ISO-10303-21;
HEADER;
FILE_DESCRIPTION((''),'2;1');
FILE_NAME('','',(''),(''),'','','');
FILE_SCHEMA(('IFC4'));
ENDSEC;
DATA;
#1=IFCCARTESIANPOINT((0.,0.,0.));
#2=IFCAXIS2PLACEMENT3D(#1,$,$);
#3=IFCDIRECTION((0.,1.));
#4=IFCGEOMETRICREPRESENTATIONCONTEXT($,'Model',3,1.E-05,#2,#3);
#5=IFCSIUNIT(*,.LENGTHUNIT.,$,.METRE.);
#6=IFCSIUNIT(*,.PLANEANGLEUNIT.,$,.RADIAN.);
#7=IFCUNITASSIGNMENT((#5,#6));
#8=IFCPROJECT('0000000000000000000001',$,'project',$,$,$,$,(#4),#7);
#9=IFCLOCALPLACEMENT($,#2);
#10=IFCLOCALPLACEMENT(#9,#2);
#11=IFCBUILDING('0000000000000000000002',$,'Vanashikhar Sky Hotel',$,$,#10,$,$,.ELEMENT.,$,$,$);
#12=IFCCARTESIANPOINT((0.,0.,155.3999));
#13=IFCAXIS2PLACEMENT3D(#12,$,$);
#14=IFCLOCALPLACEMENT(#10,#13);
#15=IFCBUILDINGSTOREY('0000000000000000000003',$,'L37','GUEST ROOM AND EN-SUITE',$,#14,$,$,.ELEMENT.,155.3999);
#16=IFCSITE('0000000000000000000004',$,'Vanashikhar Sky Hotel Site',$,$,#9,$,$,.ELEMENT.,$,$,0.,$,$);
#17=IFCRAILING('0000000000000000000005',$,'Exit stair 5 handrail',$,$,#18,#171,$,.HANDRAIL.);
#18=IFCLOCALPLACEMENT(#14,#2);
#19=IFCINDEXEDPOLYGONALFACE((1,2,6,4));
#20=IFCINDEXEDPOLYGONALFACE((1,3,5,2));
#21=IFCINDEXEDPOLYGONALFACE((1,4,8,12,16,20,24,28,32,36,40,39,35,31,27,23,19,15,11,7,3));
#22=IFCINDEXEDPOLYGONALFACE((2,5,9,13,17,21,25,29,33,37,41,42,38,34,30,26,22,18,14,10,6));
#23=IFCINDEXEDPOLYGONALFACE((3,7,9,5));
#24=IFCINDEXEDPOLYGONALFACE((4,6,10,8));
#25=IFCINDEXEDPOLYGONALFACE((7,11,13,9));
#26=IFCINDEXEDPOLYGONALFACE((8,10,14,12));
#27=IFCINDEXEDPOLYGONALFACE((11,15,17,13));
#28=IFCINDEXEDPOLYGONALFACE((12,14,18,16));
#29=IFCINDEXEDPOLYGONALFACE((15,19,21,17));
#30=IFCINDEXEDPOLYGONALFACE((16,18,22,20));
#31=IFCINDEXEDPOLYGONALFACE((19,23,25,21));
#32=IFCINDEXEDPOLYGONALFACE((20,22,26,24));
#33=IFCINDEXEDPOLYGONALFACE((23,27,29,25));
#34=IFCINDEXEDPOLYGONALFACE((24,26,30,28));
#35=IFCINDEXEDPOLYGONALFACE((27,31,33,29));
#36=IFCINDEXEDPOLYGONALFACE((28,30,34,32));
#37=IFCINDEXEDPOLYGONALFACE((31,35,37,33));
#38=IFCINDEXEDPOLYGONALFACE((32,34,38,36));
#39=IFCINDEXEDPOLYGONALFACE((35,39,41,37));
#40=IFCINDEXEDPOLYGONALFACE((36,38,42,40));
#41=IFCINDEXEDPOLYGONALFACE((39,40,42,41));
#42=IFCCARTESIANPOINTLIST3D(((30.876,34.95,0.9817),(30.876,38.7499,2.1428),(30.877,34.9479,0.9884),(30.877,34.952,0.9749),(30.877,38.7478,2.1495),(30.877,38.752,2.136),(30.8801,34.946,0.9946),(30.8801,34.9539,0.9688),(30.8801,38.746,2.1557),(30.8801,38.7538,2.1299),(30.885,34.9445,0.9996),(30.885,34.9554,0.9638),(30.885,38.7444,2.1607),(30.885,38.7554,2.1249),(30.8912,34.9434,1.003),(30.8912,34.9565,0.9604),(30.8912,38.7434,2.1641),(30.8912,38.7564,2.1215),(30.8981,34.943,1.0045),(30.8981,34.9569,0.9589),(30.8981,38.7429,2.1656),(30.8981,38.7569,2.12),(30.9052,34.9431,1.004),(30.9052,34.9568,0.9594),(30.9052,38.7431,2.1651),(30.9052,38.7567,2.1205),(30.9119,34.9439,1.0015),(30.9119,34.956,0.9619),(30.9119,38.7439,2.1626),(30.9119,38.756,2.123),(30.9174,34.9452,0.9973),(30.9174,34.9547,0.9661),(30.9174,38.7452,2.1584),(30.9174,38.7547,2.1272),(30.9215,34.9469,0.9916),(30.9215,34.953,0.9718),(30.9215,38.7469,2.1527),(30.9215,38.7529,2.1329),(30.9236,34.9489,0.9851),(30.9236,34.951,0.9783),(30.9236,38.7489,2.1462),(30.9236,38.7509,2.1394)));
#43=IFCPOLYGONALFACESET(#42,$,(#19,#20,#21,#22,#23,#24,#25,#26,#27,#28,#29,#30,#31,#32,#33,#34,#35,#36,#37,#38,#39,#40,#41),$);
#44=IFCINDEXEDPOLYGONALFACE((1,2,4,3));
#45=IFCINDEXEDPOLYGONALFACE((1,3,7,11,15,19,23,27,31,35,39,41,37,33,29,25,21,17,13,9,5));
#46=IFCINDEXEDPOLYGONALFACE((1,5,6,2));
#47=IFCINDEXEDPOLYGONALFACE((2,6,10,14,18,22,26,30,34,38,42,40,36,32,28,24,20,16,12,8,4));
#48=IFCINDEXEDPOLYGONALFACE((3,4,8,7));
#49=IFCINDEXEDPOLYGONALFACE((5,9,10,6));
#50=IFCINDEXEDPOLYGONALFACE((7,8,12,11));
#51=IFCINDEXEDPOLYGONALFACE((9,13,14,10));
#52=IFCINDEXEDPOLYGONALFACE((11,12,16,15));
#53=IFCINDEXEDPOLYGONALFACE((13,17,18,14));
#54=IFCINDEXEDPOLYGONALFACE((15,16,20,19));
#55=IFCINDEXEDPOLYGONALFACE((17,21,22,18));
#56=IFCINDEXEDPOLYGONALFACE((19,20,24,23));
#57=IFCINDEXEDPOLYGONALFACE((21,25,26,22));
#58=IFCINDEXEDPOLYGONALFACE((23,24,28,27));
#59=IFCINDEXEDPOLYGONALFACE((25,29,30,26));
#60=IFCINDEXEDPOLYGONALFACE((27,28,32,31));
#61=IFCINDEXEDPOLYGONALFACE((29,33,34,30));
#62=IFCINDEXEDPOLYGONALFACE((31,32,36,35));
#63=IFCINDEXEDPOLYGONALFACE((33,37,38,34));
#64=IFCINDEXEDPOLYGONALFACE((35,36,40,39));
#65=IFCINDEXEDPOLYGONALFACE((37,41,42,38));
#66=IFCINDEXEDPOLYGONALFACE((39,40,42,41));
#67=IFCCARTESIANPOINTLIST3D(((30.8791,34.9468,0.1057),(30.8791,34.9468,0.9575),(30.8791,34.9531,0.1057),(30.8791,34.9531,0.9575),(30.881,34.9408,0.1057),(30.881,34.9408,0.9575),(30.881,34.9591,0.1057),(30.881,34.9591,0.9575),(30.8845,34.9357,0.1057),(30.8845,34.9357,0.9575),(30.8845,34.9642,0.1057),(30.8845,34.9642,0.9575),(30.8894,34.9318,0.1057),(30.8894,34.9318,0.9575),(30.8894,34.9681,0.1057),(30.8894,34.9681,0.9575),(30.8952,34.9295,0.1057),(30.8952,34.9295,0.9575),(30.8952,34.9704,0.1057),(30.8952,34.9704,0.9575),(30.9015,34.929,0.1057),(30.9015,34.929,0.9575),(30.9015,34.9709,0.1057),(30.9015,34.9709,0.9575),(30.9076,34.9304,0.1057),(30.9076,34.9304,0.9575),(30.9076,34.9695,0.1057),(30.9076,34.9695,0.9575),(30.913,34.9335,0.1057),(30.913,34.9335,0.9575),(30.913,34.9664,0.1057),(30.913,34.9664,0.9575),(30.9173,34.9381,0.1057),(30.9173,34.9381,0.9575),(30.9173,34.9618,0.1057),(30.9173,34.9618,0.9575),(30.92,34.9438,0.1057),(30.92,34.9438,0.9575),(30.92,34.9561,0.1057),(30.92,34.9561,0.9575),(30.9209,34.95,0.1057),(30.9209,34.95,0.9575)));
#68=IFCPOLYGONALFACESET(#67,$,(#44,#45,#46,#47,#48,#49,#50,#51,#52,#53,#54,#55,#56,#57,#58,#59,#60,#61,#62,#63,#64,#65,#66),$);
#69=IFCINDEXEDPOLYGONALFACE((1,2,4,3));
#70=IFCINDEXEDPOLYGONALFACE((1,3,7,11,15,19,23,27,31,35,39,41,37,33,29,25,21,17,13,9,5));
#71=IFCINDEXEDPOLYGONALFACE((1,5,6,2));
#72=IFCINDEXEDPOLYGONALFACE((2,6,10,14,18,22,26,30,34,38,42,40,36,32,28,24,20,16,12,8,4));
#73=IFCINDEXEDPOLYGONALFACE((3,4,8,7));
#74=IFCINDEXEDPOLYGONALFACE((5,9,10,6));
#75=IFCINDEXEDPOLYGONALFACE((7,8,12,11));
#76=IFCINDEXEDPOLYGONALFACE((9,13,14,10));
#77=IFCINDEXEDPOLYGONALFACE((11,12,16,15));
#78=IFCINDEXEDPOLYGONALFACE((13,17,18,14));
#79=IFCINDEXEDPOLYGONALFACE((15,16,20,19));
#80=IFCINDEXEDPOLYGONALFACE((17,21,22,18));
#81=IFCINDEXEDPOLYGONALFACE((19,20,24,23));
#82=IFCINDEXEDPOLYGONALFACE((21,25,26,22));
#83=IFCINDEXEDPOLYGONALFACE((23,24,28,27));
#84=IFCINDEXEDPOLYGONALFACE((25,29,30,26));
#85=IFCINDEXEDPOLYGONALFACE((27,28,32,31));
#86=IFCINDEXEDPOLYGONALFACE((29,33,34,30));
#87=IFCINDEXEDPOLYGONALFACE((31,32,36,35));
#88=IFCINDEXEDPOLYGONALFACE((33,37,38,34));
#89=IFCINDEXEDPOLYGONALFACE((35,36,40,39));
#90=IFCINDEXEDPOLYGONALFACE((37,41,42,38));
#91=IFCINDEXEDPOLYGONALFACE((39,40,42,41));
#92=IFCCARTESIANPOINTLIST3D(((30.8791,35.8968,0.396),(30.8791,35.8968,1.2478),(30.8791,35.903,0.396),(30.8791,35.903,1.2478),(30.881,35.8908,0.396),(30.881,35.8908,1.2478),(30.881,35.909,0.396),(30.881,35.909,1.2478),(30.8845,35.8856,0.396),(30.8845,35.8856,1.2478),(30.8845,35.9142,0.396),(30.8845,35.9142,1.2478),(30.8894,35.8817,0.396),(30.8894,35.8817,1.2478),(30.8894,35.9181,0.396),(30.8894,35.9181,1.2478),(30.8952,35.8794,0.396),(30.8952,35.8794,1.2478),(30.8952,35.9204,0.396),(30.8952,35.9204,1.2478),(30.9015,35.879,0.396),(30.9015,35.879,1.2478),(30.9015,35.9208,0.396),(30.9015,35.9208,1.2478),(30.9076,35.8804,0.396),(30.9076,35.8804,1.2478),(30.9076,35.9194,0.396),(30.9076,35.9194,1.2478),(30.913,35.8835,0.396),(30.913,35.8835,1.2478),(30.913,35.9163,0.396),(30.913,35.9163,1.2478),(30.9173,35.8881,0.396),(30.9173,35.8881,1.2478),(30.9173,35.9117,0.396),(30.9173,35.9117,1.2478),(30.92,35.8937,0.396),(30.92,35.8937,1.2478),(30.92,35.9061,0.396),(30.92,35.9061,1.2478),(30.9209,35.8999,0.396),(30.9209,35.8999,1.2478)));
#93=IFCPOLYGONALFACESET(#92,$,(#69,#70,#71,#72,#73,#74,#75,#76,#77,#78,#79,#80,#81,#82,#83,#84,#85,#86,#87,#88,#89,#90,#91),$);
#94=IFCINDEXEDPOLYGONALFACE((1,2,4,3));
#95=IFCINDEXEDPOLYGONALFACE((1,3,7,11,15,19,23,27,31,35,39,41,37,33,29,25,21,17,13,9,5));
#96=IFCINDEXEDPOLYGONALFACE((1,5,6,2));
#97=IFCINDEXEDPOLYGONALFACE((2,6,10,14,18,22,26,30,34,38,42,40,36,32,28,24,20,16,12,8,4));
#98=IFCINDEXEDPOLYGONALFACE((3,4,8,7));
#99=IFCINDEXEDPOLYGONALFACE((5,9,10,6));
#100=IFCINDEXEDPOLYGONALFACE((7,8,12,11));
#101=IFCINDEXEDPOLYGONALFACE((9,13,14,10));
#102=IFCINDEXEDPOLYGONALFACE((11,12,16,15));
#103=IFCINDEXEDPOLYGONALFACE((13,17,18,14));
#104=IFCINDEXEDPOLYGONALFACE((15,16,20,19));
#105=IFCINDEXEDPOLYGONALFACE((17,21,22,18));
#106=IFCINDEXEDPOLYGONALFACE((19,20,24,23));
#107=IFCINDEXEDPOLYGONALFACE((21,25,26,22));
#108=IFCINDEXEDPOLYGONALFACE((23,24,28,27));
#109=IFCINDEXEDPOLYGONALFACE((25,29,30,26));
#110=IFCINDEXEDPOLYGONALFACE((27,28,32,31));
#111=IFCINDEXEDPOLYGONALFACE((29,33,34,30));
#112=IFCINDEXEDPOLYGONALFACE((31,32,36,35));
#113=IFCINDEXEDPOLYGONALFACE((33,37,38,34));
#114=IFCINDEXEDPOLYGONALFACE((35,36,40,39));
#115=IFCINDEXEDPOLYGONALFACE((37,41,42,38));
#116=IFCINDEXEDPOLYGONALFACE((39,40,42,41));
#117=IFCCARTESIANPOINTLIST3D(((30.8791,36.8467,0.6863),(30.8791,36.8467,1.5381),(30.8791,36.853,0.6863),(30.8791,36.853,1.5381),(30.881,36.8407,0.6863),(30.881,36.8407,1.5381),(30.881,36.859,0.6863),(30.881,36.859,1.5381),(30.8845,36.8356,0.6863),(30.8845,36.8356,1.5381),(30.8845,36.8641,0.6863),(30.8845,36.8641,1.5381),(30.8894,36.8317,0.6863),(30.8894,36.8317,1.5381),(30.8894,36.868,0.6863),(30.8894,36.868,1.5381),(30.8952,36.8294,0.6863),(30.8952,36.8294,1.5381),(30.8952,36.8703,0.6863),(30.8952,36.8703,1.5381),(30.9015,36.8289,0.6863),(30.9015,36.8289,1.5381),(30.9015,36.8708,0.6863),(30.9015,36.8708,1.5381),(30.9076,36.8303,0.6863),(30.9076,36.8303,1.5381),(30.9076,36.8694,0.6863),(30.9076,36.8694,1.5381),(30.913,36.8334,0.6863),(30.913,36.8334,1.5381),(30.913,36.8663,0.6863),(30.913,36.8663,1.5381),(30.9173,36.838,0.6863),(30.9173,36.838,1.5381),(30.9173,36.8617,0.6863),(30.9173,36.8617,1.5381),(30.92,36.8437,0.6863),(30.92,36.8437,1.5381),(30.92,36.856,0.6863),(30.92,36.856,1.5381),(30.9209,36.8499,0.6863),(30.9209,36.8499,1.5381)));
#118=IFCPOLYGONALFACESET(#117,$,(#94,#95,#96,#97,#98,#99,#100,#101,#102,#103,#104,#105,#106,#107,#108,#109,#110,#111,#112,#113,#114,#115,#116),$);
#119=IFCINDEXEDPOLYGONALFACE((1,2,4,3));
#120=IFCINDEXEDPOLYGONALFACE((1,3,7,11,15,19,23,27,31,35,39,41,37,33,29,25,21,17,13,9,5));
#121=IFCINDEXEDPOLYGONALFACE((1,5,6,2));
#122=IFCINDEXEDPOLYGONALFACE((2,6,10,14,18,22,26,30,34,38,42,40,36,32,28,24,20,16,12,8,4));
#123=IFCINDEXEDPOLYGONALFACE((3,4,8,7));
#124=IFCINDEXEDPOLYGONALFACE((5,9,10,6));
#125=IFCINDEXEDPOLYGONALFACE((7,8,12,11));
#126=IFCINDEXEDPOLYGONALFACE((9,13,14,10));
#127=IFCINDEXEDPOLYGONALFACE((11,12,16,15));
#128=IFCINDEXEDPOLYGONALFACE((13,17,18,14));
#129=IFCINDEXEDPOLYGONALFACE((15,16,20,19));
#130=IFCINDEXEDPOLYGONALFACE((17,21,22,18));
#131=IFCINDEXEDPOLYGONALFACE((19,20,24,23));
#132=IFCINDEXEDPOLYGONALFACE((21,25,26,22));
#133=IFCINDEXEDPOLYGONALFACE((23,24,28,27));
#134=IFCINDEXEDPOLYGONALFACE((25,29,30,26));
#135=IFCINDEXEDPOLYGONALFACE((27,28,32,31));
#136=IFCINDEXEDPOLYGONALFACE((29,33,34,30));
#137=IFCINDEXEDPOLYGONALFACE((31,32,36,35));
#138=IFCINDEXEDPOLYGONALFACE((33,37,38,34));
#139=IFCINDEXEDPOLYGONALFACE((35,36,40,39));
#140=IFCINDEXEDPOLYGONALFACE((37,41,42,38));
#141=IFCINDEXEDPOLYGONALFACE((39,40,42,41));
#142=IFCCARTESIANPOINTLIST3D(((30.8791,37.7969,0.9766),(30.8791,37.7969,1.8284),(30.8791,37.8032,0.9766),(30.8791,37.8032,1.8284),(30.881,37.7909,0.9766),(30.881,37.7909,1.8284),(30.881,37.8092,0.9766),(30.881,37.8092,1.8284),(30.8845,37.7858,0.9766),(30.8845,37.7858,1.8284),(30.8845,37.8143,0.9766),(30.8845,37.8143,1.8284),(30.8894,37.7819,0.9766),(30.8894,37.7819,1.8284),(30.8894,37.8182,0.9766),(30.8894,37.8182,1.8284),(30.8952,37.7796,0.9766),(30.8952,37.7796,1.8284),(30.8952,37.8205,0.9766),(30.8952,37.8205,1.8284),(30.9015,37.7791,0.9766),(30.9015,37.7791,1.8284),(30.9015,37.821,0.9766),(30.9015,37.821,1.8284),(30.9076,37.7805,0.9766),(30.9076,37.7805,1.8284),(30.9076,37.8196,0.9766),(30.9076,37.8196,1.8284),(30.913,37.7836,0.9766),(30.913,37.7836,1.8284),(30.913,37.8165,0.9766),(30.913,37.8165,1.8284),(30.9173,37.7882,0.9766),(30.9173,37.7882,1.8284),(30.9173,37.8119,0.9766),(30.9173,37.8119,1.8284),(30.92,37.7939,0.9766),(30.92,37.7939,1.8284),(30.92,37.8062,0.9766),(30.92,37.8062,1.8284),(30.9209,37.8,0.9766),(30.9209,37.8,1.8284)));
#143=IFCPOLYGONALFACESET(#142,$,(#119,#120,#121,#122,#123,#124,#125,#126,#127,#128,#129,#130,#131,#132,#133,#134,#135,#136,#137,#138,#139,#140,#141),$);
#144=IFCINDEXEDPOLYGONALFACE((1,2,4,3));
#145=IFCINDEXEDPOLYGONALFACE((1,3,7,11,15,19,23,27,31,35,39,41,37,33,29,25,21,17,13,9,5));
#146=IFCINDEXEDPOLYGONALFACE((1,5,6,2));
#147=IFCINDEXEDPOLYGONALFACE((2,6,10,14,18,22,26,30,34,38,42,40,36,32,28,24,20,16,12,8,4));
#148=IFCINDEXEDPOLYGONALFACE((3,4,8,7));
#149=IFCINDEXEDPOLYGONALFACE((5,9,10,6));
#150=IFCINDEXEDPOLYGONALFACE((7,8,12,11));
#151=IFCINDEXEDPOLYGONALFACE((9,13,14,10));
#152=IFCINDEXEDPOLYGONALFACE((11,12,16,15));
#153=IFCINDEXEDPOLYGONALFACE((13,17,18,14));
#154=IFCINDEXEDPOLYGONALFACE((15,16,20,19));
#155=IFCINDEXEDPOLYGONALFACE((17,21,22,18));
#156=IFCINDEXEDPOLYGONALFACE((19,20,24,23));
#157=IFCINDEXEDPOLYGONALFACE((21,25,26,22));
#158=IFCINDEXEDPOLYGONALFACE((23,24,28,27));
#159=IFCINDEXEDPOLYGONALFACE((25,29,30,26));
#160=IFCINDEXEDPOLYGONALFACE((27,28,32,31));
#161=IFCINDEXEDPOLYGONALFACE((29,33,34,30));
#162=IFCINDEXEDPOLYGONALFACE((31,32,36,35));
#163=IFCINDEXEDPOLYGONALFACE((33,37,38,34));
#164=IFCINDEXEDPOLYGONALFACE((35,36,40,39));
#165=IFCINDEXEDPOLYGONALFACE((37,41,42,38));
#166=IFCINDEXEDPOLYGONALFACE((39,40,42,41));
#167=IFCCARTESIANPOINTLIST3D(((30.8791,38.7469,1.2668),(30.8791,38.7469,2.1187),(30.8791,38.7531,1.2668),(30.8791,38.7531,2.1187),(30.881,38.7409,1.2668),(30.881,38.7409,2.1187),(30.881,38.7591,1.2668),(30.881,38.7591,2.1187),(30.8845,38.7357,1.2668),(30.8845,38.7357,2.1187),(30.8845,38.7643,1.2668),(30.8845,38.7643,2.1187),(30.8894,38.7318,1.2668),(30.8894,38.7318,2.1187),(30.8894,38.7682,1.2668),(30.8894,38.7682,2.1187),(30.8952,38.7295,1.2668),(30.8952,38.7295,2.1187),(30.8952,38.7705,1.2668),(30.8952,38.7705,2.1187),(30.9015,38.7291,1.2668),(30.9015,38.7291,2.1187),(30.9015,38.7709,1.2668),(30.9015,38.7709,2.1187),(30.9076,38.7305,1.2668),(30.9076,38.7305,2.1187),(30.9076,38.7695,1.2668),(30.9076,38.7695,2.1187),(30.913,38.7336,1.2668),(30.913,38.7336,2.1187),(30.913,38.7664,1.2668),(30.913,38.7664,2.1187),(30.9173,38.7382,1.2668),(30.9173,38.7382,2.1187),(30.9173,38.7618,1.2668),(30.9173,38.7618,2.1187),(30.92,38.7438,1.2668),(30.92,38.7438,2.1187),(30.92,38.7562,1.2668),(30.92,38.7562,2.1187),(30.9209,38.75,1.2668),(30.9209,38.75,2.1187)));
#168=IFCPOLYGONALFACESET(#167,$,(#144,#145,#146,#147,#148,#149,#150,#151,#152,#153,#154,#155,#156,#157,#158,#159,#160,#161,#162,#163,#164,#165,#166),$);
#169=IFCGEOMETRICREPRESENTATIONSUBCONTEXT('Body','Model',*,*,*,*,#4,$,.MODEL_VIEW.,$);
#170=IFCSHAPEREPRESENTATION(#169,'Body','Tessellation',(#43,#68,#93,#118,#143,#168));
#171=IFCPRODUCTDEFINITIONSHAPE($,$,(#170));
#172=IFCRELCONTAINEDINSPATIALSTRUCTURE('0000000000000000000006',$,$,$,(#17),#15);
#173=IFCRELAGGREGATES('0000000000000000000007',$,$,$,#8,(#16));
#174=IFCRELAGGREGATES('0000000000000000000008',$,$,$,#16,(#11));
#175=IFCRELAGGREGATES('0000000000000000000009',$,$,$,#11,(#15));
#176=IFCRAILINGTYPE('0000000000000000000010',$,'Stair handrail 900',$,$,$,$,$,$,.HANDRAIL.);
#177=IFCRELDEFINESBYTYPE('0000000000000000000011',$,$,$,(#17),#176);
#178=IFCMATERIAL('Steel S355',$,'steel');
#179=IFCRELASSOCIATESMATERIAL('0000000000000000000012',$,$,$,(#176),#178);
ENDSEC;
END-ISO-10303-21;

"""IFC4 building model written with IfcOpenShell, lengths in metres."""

from ifc_helpers import new_model, si_unit, direction, frame, origin, origin_2d, place, context, subcontext, project, spatial, circle, extrude, source, transform, mapped, material, type_object, element, save


model = new_model("IFC4")

# Units and contexts
model_context = context("Model", 3, precision=1e-05, world=origin(), true_north=direction((0.0, 1.0)))
body_context = subcontext(model_context, "Body", "Model", "MODEL_VIEW")
ifc_project = project(units=[si_unit("LENGTHUNIT", "METRE"), si_unit("PLANEANGLEUNIT", "RADIAN")], contexts=[model_context])

# Site, building, storey
site_placement = place(None, origin())
site = spatial("IfcSite", under=ifc_project, at=site_placement, Name="Vanashikhar Sky Hotel Site", CompositionType="ELEMENT", RefElevation=0.0)
building_placement = place(site_placement, origin())
building = spatial("IfcBuilding", under=site, at=building_placement, Name="Vanashikhar Sky Hotel", CompositionType="ELEMENT")
storey_placement = place(building_placement, frame((0.0, 0.0, 155.3999)))
storey = spatial("IfcBuildingStorey", under=building, at=storey_placement, Name="L37", Description="GUEST ROOM AND EN-SUITE", CompositionType="ELEMENT", Elevation=155.3999)

# Railing
ifc_material_1 = material(Name="Steel S355", Category="steel")
railing_type_1 = type_object("IfcRailingType", Name="Stair handrail 900", PredefinedType="HANDRAIL", material=ifc_material_1)
shared_shape_1 = source(origin(), body_context, "Body", "SweptSolid", [
    extrude(circle(Radius=0.0239, at=origin_2d()), frame((0.0, 0.0, 0.876), z_axis=(0.0, 0.956351, 0.29222), x_axis=(-1.0, 0.0, 0.0)), (0.0, 0.0, 1.0), 3.9734),
    extrude(circle(Radius=0.021, at=origin_2d()), origin(), (0.0, 0.0, 1.0), 0.8518),
    extrude(circle(Radius=0.021, at=origin_2d()), frame((0.0, 0.95, 0.2903)), (0.0, 0.0, 1.0), 0.8518),
    extrude(circle(Radius=0.021, at=origin_2d()), frame((0.0, 1.8999, 0.5806)), (0.0, 0.0, 1.0), 0.8518),
    extrude(circle(Radius=0.021, at=origin_2d()), frame((0.0, 2.8501, 0.8708)), (0.0, 0.0, 1.0), 0.8518),
    extrude(circle(Radius=0.021, at=origin_2d()), frame((0.0, 3.8, 1.1611)), (0.0, 0.0, 1.0), 0.8518),
])
for number, where, name in (
    (1, (30.8999, 34.95, 0.1057), "Exit stair 5 handrail"),
):
    element("IfcRailing", number, at=place(storey_placement, frame(where)), inside=storey, type_object=railing_type_1, Name=name, PredefinedType="HANDRAIL", context=body_context, shape_type="MappedRepresentation", body=[
        mapped(shared_shape_1, transform((0.0, 0.0, 0.0), scale=1.0)),
    ])

save(model, "model.ifc")
